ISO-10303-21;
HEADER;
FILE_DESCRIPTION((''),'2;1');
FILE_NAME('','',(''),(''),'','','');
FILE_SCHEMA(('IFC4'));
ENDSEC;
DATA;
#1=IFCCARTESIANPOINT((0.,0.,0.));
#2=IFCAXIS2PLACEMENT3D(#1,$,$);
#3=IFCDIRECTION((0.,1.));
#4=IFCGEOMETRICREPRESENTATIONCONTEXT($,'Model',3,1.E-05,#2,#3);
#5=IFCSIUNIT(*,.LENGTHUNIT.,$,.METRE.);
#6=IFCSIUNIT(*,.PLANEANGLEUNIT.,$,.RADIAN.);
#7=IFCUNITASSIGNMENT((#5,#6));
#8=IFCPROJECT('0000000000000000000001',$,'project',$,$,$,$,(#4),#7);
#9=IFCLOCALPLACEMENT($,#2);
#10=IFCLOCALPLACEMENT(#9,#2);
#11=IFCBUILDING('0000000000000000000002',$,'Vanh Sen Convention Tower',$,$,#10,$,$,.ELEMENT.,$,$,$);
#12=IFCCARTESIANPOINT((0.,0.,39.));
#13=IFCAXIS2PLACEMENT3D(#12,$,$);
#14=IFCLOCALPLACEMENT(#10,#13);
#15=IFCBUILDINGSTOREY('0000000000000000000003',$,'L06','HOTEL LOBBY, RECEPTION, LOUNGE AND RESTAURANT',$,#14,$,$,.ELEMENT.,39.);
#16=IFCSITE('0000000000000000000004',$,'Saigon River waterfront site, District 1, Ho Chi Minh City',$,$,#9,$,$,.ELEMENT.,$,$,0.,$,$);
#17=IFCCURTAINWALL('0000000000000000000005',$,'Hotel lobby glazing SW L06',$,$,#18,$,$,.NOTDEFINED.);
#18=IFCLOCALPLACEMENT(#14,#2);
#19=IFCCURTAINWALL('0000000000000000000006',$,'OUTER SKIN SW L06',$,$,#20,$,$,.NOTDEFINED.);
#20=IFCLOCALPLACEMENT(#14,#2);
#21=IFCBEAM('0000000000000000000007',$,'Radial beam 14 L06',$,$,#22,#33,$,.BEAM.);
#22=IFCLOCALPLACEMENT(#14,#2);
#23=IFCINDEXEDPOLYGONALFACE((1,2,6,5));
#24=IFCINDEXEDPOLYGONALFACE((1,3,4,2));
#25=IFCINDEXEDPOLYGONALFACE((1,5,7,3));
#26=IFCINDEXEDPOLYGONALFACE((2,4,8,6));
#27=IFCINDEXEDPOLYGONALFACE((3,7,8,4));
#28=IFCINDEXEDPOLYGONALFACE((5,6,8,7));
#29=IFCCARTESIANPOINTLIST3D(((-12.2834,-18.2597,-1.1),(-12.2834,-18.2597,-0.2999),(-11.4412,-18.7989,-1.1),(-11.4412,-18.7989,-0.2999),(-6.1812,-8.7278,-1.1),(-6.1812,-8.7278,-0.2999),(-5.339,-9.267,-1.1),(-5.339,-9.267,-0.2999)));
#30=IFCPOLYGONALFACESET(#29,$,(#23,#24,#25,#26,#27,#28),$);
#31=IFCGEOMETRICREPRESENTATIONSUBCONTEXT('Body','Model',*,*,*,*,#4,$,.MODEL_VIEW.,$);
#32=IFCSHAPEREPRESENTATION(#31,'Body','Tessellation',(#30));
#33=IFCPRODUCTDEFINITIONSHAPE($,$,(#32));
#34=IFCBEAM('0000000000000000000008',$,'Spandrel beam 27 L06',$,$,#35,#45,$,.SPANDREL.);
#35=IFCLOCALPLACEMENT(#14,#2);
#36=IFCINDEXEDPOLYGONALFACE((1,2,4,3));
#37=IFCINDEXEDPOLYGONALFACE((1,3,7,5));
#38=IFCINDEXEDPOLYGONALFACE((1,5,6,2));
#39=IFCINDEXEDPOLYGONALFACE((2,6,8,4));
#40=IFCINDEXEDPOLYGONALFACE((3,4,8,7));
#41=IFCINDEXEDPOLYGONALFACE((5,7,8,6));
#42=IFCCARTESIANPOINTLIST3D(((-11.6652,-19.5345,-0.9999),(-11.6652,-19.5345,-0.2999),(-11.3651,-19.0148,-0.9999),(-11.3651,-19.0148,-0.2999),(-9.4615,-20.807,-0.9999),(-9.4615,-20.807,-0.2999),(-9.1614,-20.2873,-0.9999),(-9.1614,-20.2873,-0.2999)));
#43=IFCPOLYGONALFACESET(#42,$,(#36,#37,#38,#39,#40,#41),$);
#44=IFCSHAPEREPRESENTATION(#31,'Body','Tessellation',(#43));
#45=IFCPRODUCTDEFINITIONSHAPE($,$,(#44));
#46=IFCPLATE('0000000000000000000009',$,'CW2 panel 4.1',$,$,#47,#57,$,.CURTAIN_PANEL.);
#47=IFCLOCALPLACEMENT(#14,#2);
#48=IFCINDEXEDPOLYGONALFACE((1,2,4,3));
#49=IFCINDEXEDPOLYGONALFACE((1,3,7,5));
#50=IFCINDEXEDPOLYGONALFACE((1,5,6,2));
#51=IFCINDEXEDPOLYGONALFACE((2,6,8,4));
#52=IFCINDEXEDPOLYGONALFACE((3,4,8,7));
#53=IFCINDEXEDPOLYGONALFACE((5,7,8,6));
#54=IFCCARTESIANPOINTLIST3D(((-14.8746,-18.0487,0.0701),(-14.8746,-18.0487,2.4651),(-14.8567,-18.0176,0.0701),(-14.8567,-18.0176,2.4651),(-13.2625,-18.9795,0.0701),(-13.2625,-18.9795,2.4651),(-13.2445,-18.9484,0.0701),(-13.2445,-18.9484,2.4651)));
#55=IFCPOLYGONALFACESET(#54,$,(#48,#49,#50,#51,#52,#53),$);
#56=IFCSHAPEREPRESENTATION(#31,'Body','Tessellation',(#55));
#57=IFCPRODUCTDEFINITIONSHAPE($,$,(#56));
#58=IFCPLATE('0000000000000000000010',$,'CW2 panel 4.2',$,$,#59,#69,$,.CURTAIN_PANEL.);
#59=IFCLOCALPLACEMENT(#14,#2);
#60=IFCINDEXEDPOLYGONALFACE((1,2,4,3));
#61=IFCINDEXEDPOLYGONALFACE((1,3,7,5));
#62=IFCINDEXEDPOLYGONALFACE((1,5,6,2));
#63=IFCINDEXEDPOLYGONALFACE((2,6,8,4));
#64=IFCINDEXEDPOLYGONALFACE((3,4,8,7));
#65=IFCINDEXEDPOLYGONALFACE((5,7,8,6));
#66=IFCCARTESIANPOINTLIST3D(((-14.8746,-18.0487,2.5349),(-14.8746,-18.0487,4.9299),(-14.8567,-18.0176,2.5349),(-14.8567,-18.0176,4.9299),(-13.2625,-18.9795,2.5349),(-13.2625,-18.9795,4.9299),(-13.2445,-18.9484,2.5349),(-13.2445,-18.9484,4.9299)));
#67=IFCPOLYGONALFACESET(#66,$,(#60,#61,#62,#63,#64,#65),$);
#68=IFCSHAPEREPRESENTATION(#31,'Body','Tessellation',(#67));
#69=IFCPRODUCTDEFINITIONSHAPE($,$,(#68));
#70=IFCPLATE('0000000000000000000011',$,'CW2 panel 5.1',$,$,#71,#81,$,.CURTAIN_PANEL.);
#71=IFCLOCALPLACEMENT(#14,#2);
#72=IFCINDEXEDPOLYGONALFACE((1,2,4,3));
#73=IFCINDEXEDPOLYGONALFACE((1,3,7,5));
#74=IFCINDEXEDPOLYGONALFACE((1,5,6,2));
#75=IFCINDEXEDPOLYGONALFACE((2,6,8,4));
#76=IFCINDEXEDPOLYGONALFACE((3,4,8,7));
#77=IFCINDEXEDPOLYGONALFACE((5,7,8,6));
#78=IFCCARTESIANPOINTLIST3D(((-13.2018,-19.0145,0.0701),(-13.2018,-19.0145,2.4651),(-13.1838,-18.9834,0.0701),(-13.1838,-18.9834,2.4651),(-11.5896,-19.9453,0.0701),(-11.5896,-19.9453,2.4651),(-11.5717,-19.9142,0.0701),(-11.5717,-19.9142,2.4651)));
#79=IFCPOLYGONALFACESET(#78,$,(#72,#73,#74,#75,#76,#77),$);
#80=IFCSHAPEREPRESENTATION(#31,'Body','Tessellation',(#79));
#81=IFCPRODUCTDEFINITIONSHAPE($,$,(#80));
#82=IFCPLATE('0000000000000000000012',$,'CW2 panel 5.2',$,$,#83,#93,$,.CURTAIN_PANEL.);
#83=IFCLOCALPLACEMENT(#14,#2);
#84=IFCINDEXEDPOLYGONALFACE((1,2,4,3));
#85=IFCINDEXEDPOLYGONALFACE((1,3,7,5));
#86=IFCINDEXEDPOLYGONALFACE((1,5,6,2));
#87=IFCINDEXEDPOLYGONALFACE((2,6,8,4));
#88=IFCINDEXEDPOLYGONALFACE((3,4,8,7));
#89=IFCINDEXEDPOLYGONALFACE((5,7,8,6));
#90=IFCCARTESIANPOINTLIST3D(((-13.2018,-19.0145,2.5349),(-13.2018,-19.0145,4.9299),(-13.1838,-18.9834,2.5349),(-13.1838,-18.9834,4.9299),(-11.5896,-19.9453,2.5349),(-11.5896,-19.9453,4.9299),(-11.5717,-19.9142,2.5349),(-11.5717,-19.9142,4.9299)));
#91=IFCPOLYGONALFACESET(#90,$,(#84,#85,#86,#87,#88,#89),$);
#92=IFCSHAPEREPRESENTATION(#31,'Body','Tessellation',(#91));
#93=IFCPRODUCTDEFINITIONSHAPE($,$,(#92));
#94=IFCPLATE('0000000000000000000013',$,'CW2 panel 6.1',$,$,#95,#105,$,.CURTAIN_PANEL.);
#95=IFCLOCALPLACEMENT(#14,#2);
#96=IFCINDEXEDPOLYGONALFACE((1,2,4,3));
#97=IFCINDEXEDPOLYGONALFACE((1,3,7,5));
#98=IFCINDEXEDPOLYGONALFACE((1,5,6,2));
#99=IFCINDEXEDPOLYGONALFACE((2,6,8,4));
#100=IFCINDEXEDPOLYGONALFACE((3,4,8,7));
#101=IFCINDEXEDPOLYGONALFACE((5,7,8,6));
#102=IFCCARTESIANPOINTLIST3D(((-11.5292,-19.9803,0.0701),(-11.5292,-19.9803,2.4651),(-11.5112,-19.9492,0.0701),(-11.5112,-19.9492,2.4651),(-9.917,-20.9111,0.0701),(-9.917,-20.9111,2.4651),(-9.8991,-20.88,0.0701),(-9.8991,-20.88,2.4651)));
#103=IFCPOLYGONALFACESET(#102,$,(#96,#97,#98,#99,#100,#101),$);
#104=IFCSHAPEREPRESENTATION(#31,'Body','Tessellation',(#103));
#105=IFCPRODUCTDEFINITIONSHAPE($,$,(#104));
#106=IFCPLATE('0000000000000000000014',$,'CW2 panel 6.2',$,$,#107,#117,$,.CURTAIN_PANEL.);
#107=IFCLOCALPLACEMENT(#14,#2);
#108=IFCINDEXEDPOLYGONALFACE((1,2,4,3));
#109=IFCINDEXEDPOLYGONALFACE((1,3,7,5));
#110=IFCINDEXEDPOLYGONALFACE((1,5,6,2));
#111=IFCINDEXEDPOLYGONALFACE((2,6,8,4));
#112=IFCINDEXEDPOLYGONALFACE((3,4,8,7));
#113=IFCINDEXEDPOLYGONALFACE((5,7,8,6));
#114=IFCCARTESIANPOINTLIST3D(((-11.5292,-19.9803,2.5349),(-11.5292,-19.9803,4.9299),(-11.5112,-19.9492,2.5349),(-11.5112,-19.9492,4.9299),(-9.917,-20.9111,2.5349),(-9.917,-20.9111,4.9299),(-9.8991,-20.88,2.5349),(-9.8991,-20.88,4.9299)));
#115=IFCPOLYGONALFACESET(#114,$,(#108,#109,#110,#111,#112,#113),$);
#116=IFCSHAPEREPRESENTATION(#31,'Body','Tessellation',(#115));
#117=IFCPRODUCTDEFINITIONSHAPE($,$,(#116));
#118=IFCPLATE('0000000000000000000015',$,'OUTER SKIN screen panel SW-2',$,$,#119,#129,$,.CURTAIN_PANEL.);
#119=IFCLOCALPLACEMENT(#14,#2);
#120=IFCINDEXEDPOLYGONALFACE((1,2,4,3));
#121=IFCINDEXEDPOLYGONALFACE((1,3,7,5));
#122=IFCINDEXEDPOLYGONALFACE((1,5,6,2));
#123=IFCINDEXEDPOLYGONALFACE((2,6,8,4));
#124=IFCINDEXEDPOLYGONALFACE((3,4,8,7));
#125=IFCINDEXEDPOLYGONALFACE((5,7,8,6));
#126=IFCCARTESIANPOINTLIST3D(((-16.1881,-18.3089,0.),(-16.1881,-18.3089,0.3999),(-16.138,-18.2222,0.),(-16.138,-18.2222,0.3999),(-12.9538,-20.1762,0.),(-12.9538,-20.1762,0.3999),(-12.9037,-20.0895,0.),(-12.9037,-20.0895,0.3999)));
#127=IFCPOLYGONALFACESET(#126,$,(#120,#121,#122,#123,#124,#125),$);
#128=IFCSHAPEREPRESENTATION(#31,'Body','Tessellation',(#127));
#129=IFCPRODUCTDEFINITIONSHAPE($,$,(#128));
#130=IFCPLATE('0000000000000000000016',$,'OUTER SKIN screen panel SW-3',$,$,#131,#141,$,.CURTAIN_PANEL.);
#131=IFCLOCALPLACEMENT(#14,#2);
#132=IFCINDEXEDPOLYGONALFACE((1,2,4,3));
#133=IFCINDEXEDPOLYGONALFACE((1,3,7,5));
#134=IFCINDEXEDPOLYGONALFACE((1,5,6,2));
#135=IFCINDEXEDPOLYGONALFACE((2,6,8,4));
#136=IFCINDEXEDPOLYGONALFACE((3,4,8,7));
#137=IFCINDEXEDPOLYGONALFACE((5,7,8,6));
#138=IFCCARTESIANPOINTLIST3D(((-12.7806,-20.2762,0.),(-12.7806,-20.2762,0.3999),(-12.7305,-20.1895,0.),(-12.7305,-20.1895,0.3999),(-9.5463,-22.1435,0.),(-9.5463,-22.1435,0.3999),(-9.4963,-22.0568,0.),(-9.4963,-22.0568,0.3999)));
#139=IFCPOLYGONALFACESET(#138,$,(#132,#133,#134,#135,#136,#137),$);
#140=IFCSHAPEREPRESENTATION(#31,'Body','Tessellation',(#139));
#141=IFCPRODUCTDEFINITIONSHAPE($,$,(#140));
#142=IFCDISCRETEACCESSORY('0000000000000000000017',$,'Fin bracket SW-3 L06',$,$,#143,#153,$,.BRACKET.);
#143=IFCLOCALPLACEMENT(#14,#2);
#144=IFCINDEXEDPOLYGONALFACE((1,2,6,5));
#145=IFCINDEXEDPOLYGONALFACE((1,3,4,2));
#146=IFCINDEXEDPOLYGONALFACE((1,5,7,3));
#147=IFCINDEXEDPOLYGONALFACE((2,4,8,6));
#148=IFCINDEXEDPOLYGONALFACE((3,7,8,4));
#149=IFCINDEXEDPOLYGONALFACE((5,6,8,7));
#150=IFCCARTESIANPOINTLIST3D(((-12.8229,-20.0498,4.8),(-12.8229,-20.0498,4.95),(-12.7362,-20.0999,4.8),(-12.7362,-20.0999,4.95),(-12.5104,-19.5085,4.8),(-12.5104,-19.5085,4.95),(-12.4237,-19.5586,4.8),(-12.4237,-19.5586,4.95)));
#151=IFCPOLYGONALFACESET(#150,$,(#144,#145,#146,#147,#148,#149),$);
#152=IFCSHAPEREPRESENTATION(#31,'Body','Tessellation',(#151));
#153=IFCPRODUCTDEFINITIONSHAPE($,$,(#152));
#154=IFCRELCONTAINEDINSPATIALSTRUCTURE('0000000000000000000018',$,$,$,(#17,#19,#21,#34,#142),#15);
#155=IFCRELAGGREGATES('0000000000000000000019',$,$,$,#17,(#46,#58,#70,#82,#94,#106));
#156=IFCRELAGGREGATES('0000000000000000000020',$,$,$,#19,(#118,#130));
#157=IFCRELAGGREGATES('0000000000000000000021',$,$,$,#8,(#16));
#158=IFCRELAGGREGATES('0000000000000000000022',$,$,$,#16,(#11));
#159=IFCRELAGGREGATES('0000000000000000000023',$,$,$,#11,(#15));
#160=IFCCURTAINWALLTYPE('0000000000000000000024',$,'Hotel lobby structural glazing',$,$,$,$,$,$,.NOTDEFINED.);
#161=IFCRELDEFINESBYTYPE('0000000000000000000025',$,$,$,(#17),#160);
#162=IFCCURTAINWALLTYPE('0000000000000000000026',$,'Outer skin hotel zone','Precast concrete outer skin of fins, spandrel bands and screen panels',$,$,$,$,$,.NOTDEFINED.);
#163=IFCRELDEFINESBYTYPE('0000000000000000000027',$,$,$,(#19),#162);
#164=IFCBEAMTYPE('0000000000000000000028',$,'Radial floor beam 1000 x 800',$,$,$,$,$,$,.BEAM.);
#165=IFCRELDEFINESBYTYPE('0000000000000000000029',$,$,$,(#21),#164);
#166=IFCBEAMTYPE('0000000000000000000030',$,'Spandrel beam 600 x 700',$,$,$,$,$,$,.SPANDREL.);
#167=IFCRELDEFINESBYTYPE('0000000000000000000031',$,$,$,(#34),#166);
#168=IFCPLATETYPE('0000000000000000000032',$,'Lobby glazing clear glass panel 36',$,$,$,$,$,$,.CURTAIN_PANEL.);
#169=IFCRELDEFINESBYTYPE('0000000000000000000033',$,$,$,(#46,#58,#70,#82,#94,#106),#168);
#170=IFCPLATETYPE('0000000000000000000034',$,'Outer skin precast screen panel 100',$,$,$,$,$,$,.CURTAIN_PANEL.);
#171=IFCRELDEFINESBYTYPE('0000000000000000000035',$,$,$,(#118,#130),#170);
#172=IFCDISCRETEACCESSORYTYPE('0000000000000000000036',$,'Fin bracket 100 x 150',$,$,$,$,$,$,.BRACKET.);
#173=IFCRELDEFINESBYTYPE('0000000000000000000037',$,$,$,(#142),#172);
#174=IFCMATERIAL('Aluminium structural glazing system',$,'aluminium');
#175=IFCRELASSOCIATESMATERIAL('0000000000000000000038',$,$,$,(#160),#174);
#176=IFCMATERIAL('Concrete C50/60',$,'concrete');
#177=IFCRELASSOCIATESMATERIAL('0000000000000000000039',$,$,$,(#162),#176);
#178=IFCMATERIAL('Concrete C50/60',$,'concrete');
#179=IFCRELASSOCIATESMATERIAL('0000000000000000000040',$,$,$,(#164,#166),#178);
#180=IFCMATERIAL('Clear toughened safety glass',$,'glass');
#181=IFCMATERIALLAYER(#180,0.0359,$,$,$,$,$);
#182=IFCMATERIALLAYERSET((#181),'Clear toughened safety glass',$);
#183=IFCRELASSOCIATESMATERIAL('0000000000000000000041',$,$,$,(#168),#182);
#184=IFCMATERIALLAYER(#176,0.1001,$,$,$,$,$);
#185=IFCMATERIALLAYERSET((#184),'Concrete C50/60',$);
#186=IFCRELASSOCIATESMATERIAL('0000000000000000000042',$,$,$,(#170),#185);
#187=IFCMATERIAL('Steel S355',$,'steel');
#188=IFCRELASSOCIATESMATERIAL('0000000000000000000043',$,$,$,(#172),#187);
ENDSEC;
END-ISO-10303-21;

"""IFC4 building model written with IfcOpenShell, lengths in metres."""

from ifc_helpers import new_model, si_unit, direction, frame, origin, origin_2d, place, context, subcontext, project, spatial, rectangle, extrude, material, layer, layer_set, material_profile, profile_set, type_object, element, aggregate, save


model = new_model("IFC4")

# Units and contexts
model_context = context("Model", 3, precision=1e-05, world=origin(), true_north=direction((0.0, 1.0)))
body_context = subcontext(model_context, "Body", "Model", "MODEL_VIEW")
ifc_project = project(units=[si_unit("LENGTHUNIT", "METRE"), si_unit("PLANEANGLEUNIT", "RADIAN")], contexts=[model_context])

# Site, building, storey
site_placement = place(None, origin())
site = spatial("IfcSite", under=ifc_project, at=site_placement, Name="Saigon River waterfront site, District 1, Ho Chi Minh City", CompositionType="ELEMENT", RefElevation=0.0)
building_placement = place(site_placement, origin())
building = spatial("IfcBuilding", under=site, at=building_placement, Name="Vanh Sen Convention Tower", CompositionType="ELEMENT")
storey_placement = place(building_placement, frame((0.0, 0.0, 39.0)))
storey = spatial("IfcBuildingStorey", under=building, at=storey_placement, Name="L06", Description="HOTEL LOBBY, RECEPTION, LOUNGE AND RESTAURANT", CompositionType="ELEMENT", Elevation=39.0)

# Curtain wall
ifc_material_1 = material(Name="Aluminium structural glazing system", Category="aluminium")
curtain_wall_type_1 = type_object("IfcCurtainWallType", Name="Hotel lobby structural glazing", PredefinedType="NOTDEFINED", material=ifc_material_1)
curtain_wall_1_placement = place(storey_placement, origin())
curtain_wall_1 = element("IfcCurtainWall", 1, at=curtain_wall_1_placement, inside=storey, type_object=curtain_wall_type_1, Name="Hotel lobby glazing SW L06", PredefinedType="NOTDEFINED")

# Curtain wall
ifc_material_2 = material(Name="Concrete C50/60", Category="concrete")
curtain_wall_type_2 = type_object("IfcCurtainWallType", Name="Outer skin hotel zone", Description="Precast concrete outer skin of fins, spandrel bands and screen panels", PredefinedType="NOTDEFINED", material=ifc_material_2)
curtain_wall_2_placement = place(storey_placement, origin())
curtain_wall_2 = element("IfcCurtainWall", 2, at=curtain_wall_2_placement, inside=storey, type_object=curtain_wall_type_2, Name="OUTER SKIN SW L06", PredefinedType="NOTDEFINED")

# Beams
ifc_material_3 = material(Name="Concrete C50/60", Category="concrete")
ifc_material_profile_1 = material_profile(ifc_material_3, rectangle(XDim=1.0, YDim=0.8, at=origin_2d()), Name="RC 1000X800")
ifc_profile_set_1 = profile_set([ifc_material_profile_1], Name="Concrete C50/60")
beam_type_1 = type_object("IfcBeamType", Name="Radial floor beam 1000 x 800", PredefinedType="BEAM", material=ifc_profile_set_1)
beam_1_placement = place(storey_placement, frame((-11.8623, -18.5293, -0.7), z_axis=(0.539168, 0.842198, 0.0), x_axis=(-0.842198, 0.539168, 0.0)))
element("IfcBeam", 3, at=beam_1_placement, inside=storey, type_object=beam_type_1, Name="Radial beam 14 L06", PredefinedType="BEAM", context=body_context, shape_type="SweptSolid", body=[
    extrude(rectangle(XDim=1.0, YDim=0.8, at=origin_2d()), origin(), (0.0, 0.0, 1.0), 11.3179),
])
ifc_material_profile_2 = material_profile(ifc_material_3, rectangle(XDim=0.6001, YDim=0.7, at=origin_2d()), Name="RC 600X700")
ifc_profile_set_2 = profile_set([ifc_material_profile_2], Name="Concrete C50/60")
beam_type_2 = type_object("IfcBeamType", Name="Spandrel beam 600 x 700", PredefinedType="SPANDREL", material=ifc_profile_set_2)
beam_2_placement = place(storey_placement, frame((-11.5151, -19.2747, -0.6499), z_axis=(0.865991, -0.50006, 0.0), x_axis=(0.50006, 0.865991, 0.0)))
element("IfcBeam", 4, at=beam_2_placement, inside=storey, type_object=beam_type_2, Name="Spandrel beam 27 L06", PredefinedType="SPANDREL", context=body_context, shape_type="SweptSolid", body=[
    extrude(rectangle(XDim=0.6001, YDim=0.7, at=origin_2d()), origin(), (0.0, 0.0, 1.0), 2.5447),
])

# Plates
ifc_material_4 = material(Name="Clear toughened safety glass", Category="glass")
ifc_layer_1 = layer(ifc_material_4, 0.0359)
ifc_layer_set_1 = layer_set([ifc_layer_1], Name="Clear toughened safety glass")
plate_type_1 = type_object("IfcPlateType", Name="Lobby glazing clear glass panel 36", PredefinedType="CURTAIN_PANEL", material=ifc_layer_set_1)
plate_1_placement = place(storey_placement, frame((-14.0596, -18.4985, 0.0701), z_axis=(0.0, 0.0, 1.0), x_axis=(0.866027, -0.499997, 0.0)))
plate_1 = element("IfcPlate", 5, at=plate_1_placement, type_object=plate_type_1, Name="CW2 panel 4.1", PredefinedType="CURTAIN_PANEL", context=body_context, shape_type="SweptSolid", body=[
    extrude(rectangle(XDim=1.8616, YDim=0.0359, at=origin_2d()), origin(), (0.0, 0.0, 1.0), 2.395),
])
plate_2_placement = place(storey_placement, frame((-14.0596, -18.4985, 2.5349), z_axis=(0.0, 0.0, 1.0), x_axis=(0.866027, -0.499997, 0.0)))
plate_2 = element("IfcPlate", 6, at=plate_2_placement, type_object=plate_type_1, Name="CW2 panel 4.2", PredefinedType="CURTAIN_PANEL", context=body_context, shape_type="SweptSolid", body=[
    extrude(rectangle(XDim=1.8616, YDim=0.0359, at=origin_2d()), origin(), (0.0, 0.0, 1.0), 2.395),
])
plate_3_placement = place(storey_placement, frame((-12.3867, -19.4644, 0.0701), z_axis=(0.0, 0.0, 1.0), x_axis=(0.866027, -0.499997, 0.0)))
plate_3 = element("IfcPlate", 7, at=plate_3_placement, type_object=plate_type_1, Name="CW2 panel 5.1", PredefinedType="CURTAIN_PANEL", context=body_context, shape_type="SweptSolid", body=[
    extrude(rectangle(XDim=1.8616, YDim=0.0359, at=origin_2d()), origin(), (0.0, 0.0, 1.0), 2.395),
])
plate_4_placement = place(storey_placement, frame((-12.3867, -19.4644, 2.5349), z_axis=(0.0, 0.0, 1.0), x_axis=(0.866027, -0.499997, 0.0)))
plate_4 = element("IfcPlate", 8, at=plate_4_placement, type_object=plate_type_1, Name="CW2 panel 5.2", PredefinedType="CURTAIN_PANEL", context=body_context, shape_type="SweptSolid", body=[
    extrude(rectangle(XDim=1.8616, YDim=0.0359, at=origin_2d()), origin(), (0.0, 0.0, 1.0), 2.395),
])
plate_5_placement = place(storey_placement, frame((-10.7141, -20.4302, 0.0701), z_axis=(0.0, 0.0, 1.0), x_axis=(0.866027, -0.499997, 0.0)))
plate_5 = element("IfcPlate", 9, at=plate_5_placement, type_object=plate_type_1, Name="CW2 panel 6.1", PredefinedType="CURTAIN_PANEL", context=body_context, shape_type="SweptSolid", body=[
    extrude(rectangle(XDim=1.8616, YDim=0.0359, at=origin_2d()), origin(), (0.0, 0.0, 1.0), 2.395),
])
plate_6_placement = place(storey_placement, frame((-10.7141, -20.4302, 2.5349), z_axis=(0.0, 0.0, 1.0), x_axis=(0.866027, -0.499997, 0.0)))
plate_6 = element("IfcPlate", 10, at=plate_6_placement, type_object=plate_type_1, Name="CW2 panel 6.2", PredefinedType="CURTAIN_PANEL", context=body_context, shape_type="SweptSolid", body=[
    extrude(rectangle(XDim=1.8616, YDim=0.0359, at=origin_2d()), origin(), (0.0, 0.0, 1.0), 2.395),
])
aggregate(curtain_wall_1, [plate_1, plate_2, plate_3, plate_4, plate_5, plate_6])
ifc_layer_2 = layer(ifc_material_2, 0.1001)
ifc_layer_set_2 = layer_set([ifc_layer_2], Name="Concrete C50/60")
plate_type_2 = type_object("IfcPlateType", Name="Outer skin precast screen panel 100", PredefinedType="CURTAIN_PANEL", material=ifc_layer_set_2)
plate_7_placement = place(storey_placement, frame((-14.5459, -19.1992, 0.0), z_axis=(0.0, 0.0, 1.0), x_axis=(0.866032, -0.499988, 0.0)))
plate_7 = element("IfcPlate", 11, at=plate_7_placement, type_object=plate_type_2, Name="OUTER SKIN screen panel SW-2", PredefinedType="CURTAIN_PANEL", context=body_context, shape_type="SweptSolid", body=[
    extrude(rectangle(XDim=3.7346, YDim=0.1001, at=origin_2d()), origin(), (0.0, 0.0, 1.0), 0.3999),
])
plate_8_placement = place(storey_placement, frame((-11.1384, -21.1665, 0.0), z_axis=(0.0, 0.0, 1.0), x_axis=(0.866028, -0.499995, 0.0)))
plate_8 = element("IfcPlate", 12, at=plate_8_placement, type_object=plate_type_2, Name="OUTER SKIN screen panel SW-3", PredefinedType="CURTAIN_PANEL", context=body_context, shape_type="SweptSolid", body=[
    extrude(rectangle(XDim=3.7346, YDim=0.1001, at=origin_2d()), origin(), (0.0, 0.0, 1.0), 0.3999),
])
aggregate(curtain_wall_2, [plate_7, plate_8])

# Discrete accessory
ifc_material_5 = material(Name="Steel S355", Category="steel")
discrete_accessory_type = type_object("IfcDiscreteAccessoryType", Name="Fin bracket 100 x 150", PredefinedType="BRACKET", material=ifc_material_5)
discrete_accessory_placement = place(storey_placement, frame((-12.6233, -19.8042, 4.8), z_axis=(0.0, 0.0, 1.0), x_axis=(-0.5, -0.866025, 0.0)))
element("IfcDiscreteAccessory", 13, at=discrete_accessory_placement, inside=storey, type_object=discrete_accessory_type, Name="Fin bracket SW-3 L06", PredefinedType="BRACKET", context=body_context, shape_type="SweptSolid", body=[
    extrude(rectangle(XDim=0.625, YDim=0.1001, at=origin_2d()), origin(), (0.0, 0.0, 1.0), 0.1499),
])

save(model, "model.ifc")
